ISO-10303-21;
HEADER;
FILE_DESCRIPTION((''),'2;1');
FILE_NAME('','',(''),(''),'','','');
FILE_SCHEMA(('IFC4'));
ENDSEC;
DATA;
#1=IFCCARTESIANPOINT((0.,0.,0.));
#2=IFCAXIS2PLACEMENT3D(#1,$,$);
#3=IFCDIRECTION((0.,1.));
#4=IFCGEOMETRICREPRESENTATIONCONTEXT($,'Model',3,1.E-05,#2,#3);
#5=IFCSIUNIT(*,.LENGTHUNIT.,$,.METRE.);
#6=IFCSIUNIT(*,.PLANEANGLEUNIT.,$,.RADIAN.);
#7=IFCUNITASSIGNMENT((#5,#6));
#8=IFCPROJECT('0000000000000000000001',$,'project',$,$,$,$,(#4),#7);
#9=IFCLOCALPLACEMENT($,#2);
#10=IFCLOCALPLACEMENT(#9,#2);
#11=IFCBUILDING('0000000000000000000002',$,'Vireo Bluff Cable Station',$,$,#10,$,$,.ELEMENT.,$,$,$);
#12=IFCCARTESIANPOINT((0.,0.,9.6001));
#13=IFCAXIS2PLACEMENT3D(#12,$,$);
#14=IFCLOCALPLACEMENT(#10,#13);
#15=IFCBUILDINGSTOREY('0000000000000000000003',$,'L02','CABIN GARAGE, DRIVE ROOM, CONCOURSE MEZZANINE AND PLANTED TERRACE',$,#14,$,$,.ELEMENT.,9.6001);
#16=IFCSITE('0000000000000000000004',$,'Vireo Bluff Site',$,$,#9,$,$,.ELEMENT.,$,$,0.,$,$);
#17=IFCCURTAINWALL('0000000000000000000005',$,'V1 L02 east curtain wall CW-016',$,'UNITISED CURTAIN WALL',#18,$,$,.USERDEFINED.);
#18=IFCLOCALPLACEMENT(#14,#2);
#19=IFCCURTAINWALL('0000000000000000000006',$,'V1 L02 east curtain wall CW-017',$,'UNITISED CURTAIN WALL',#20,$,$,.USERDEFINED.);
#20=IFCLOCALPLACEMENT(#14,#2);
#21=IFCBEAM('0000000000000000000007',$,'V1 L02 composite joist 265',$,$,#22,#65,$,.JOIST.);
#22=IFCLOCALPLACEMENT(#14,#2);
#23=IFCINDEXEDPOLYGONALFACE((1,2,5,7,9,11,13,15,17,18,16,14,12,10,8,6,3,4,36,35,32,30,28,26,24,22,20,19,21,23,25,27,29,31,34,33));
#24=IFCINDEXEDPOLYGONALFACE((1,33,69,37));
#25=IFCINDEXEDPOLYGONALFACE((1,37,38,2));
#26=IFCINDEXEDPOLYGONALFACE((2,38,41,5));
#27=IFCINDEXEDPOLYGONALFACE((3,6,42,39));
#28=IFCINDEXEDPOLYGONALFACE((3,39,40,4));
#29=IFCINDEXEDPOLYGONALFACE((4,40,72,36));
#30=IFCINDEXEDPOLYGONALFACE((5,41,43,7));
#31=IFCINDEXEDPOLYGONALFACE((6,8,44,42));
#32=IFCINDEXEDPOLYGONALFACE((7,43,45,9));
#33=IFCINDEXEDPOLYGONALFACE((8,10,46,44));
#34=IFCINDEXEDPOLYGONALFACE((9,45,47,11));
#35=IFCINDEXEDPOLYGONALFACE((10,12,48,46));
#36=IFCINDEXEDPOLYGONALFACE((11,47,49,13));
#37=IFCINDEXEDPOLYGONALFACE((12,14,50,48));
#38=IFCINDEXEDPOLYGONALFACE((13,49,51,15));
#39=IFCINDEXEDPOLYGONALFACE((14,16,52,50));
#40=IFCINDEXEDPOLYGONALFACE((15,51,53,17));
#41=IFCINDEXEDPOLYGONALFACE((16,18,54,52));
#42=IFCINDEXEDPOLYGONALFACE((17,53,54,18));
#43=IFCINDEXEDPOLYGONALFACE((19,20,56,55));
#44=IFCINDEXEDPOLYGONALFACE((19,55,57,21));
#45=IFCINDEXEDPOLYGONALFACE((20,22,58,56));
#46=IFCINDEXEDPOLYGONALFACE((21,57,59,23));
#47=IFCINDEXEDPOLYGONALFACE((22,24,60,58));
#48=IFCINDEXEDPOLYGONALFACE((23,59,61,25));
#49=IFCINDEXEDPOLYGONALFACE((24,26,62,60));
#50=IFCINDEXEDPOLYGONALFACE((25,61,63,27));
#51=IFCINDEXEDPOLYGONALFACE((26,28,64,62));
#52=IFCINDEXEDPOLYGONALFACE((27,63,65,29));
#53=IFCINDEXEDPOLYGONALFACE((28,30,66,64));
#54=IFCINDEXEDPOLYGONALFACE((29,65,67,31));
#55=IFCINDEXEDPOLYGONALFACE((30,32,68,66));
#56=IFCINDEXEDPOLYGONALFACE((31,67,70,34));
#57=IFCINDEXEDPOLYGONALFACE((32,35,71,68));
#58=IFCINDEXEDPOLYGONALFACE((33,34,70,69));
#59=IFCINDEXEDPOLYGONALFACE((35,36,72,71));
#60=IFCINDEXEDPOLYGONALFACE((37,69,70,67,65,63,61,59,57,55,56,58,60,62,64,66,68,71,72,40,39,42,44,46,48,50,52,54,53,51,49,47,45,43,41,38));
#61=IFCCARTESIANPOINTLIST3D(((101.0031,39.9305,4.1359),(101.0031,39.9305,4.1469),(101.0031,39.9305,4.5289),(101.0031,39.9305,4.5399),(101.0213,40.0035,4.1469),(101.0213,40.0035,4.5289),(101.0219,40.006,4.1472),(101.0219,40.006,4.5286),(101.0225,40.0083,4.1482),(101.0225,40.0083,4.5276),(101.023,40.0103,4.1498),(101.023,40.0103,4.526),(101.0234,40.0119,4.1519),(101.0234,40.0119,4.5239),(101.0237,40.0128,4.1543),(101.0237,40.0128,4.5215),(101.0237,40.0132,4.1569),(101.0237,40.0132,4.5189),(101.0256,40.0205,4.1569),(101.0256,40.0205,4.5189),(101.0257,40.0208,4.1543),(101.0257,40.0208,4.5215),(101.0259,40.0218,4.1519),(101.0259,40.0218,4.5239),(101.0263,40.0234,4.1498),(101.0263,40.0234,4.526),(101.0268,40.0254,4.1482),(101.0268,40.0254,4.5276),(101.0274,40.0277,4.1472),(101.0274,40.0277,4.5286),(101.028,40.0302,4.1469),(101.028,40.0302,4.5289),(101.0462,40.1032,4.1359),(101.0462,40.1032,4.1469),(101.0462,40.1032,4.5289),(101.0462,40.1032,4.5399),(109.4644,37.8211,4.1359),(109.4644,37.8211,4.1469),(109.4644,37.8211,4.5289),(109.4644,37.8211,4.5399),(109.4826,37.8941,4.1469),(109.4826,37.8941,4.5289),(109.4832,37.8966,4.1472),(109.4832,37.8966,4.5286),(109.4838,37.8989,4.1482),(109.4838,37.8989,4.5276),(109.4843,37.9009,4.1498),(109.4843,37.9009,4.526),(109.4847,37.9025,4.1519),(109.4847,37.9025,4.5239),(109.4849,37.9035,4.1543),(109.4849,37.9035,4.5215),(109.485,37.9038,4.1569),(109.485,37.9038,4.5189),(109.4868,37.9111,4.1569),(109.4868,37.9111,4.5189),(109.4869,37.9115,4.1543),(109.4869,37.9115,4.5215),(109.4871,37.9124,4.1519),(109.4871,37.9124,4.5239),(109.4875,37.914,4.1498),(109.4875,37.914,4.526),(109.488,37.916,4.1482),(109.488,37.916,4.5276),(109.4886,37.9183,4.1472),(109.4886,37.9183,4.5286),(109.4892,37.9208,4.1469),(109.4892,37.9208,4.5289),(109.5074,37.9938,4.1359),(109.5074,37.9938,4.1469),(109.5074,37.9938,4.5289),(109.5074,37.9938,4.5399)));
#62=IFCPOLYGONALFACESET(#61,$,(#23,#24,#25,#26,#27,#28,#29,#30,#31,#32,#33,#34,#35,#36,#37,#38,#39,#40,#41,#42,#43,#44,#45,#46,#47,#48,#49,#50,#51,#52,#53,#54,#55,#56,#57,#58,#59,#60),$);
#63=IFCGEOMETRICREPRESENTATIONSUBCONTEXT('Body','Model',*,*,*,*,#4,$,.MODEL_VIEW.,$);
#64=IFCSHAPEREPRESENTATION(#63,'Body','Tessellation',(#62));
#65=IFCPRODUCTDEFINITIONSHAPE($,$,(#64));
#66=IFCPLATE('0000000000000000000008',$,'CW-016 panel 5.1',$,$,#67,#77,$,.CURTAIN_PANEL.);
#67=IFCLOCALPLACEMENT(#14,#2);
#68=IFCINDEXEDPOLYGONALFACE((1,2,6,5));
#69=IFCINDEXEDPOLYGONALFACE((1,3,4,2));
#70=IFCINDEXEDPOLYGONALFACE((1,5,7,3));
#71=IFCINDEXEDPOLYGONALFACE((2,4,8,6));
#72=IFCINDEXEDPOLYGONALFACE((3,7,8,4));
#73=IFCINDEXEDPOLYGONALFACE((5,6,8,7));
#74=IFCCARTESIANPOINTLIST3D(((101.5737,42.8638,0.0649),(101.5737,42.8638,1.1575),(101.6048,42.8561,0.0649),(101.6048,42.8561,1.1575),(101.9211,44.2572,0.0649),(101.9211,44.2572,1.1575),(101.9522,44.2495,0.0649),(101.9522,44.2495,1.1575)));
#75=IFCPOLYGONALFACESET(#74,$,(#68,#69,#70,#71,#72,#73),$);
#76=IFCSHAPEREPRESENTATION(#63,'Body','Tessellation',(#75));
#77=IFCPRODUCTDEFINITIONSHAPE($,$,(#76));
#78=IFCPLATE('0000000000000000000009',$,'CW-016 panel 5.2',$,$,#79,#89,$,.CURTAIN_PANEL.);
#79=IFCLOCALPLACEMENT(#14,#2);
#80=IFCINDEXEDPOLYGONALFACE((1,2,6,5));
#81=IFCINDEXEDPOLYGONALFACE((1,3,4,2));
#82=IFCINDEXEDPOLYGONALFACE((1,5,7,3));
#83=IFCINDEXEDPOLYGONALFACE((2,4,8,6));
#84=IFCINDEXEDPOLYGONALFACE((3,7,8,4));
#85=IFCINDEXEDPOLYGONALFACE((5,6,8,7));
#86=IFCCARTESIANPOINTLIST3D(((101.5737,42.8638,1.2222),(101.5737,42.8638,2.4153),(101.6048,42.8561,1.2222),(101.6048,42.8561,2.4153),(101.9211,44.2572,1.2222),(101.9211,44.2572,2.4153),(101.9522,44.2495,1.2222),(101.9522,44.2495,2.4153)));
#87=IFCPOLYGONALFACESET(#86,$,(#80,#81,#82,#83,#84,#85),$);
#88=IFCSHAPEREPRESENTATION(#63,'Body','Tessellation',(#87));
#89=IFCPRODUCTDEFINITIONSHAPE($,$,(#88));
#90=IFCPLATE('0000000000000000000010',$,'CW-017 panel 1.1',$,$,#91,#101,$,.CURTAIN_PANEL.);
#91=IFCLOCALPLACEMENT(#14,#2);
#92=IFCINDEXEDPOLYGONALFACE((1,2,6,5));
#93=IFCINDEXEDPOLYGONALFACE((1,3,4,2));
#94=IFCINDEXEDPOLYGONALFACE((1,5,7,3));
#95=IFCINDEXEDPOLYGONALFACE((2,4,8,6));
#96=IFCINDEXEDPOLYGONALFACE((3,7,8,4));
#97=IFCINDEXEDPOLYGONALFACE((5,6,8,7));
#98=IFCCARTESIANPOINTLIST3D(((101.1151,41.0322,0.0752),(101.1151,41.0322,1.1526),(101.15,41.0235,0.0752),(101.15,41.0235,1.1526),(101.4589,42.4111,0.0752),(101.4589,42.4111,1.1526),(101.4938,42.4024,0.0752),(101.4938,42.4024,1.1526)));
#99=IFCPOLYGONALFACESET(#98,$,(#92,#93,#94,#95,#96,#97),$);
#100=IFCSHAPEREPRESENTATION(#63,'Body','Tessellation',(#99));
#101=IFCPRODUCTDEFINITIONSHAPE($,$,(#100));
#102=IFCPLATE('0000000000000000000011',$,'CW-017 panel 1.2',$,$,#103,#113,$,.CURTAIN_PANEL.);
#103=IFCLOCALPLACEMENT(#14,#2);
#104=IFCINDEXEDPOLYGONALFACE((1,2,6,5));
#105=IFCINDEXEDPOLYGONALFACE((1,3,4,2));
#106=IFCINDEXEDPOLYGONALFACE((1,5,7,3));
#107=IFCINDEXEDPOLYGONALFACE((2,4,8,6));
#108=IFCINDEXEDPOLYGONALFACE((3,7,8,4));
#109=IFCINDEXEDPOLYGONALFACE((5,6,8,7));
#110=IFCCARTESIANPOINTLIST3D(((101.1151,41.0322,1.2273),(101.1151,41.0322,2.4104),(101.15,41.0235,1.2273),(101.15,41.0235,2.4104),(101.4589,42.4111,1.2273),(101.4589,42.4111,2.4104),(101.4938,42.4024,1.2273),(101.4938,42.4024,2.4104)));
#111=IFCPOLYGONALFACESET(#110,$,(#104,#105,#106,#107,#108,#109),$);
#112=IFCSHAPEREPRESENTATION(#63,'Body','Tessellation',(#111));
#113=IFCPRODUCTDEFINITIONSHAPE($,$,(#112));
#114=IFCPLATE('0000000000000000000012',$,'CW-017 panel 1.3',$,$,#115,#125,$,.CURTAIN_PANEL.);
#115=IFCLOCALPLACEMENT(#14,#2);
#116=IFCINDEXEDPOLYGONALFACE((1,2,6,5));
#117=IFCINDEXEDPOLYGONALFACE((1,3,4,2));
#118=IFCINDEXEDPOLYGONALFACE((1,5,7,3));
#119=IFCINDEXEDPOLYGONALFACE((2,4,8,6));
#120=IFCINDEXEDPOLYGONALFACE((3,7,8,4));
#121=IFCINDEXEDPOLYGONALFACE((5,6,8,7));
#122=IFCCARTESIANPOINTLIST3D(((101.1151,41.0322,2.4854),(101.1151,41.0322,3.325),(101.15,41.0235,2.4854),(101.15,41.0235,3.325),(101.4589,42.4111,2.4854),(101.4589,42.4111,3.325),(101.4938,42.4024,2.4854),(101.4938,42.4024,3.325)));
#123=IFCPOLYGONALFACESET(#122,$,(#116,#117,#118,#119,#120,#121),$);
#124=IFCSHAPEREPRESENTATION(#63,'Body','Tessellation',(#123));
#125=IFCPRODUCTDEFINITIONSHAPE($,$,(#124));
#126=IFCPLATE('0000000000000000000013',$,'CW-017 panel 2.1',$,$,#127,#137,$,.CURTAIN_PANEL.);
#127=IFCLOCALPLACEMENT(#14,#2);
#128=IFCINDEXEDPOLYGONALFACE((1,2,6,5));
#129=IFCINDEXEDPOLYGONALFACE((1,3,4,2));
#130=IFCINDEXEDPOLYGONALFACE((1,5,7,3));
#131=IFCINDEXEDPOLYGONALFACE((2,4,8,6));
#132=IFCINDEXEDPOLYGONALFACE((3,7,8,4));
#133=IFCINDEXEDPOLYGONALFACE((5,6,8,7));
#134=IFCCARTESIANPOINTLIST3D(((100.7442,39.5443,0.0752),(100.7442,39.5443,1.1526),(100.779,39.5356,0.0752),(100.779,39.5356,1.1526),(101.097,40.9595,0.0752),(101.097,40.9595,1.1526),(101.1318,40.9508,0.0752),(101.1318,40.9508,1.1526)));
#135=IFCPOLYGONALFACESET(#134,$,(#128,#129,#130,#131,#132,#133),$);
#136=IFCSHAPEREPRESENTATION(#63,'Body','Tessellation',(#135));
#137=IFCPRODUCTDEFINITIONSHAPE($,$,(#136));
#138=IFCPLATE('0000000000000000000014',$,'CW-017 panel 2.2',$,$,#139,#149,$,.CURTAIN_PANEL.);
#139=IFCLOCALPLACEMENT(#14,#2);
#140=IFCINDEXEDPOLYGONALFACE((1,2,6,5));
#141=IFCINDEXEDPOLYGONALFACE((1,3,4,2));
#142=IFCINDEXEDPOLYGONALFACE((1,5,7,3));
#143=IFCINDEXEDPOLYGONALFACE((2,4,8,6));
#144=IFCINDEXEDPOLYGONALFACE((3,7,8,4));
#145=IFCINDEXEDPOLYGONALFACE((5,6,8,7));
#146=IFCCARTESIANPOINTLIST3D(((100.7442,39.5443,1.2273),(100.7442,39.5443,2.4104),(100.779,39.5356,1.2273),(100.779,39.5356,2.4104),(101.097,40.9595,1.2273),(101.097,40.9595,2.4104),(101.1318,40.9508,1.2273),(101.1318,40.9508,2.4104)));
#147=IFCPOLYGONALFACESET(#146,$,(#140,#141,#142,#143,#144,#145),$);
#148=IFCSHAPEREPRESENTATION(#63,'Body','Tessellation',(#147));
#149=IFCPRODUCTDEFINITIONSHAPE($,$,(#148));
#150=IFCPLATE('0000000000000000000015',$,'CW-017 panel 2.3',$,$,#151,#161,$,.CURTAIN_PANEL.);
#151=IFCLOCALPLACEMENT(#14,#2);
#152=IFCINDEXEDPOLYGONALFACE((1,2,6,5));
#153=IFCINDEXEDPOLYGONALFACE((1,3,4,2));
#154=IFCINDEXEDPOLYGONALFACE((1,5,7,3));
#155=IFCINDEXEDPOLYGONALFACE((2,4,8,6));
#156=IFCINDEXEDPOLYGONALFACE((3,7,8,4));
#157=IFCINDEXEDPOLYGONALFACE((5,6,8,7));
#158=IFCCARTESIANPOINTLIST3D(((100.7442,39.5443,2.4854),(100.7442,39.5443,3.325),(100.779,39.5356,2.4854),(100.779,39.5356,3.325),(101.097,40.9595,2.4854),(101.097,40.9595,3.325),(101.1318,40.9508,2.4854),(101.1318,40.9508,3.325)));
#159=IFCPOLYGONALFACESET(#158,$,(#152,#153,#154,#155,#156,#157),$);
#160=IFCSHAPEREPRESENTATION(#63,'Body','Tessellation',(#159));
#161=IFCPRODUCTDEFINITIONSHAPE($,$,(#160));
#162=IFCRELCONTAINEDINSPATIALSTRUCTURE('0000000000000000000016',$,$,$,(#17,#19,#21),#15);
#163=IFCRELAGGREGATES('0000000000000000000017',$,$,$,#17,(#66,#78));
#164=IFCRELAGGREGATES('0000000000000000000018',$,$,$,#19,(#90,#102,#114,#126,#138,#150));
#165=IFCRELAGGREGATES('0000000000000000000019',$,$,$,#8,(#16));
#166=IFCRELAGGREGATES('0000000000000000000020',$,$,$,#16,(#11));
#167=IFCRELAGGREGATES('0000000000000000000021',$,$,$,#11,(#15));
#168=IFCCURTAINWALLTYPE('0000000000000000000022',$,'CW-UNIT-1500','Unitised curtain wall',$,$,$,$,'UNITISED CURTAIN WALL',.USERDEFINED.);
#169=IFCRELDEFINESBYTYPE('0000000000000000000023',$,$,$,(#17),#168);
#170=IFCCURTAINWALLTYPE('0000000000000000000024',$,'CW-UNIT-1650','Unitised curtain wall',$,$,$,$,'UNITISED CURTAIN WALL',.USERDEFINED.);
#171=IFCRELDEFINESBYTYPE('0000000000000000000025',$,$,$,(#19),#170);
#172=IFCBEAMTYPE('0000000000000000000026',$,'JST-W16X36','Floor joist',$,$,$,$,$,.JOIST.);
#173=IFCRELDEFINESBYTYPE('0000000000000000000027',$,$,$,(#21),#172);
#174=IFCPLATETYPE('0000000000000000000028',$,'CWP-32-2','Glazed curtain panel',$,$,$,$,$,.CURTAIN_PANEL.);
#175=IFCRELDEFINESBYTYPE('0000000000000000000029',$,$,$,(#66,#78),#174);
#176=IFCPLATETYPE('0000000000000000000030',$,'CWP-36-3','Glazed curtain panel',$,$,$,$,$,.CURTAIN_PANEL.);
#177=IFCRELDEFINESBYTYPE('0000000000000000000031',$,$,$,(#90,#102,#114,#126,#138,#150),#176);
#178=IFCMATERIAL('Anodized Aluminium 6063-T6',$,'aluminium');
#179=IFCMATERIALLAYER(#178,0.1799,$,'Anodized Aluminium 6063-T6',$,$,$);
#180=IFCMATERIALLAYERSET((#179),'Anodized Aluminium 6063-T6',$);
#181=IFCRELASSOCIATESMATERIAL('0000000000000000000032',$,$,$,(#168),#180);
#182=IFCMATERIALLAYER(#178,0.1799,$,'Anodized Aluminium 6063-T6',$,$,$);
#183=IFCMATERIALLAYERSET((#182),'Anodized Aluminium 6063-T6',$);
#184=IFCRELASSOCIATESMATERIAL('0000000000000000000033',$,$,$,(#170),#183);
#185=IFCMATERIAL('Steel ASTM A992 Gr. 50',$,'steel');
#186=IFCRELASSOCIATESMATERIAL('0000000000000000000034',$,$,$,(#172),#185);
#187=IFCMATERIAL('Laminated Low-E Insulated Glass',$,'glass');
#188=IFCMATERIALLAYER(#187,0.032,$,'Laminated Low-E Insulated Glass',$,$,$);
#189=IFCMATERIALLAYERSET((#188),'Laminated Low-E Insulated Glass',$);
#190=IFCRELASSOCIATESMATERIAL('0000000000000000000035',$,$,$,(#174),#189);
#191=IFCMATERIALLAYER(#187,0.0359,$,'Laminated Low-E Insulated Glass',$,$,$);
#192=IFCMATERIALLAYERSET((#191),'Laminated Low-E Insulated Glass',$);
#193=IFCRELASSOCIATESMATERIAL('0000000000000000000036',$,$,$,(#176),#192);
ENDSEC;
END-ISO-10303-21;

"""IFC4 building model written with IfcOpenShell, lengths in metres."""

from ifc_helpers import new_model, si_unit, direction, frame, origin, origin_2d, place, context, subcontext, project, spatial, rectangle, i_section, extrude, material, layer, layer_set, material_profile, profile_set, type_object, element, aggregate, save


model = new_model("IFC4")

# Units and contexts
model_context = context("Model", 3, precision=1e-05, world=origin(), true_north=direction((0.0, 1.0)))
body_context = subcontext(model_context, "Body", "Model", "MODEL_VIEW")
ifc_project = project(units=[si_unit("LENGTHUNIT", "METRE"), si_unit("PLANEANGLEUNIT", "RADIAN")], contexts=[model_context])

# Site, building, storey
site_placement = place(None, origin())
site = spatial("IfcSite", under=ifc_project, at=site_placement, Name="Vireo Bluff Site", CompositionType="ELEMENT", RefElevation=0.0)
building_placement = place(site_placement, origin())
building = spatial("IfcBuilding", under=site, at=building_placement, Name="Vireo Bluff Cable Station", CompositionType="ELEMENT")
storey_placement = place(building_placement, frame((0.0, 0.0, 9.6001)))
storey = spatial("IfcBuildingStorey", under=building, at=storey_placement, Name="L02", Description="CABIN GARAGE, DRIVE ROOM, CONCOURSE MEZZANINE AND PLANTED TERRACE", CompositionType="ELEMENT", Elevation=9.6001)

# Shared definitions
ifc_material_1 = material(Name="Steel ASTM A992 Gr. 50", Category="steel")

# Curtain wall
ifc_material_2 = material(Name="Anodized Aluminium 6063-T6", Category="aluminium")
ifc_layer_1 = layer(ifc_material_2, 0.1799, Name="Anodized Aluminium 6063-T6")
ifc_layer_set_1 = layer_set([ifc_layer_1], Name="Anodized Aluminium 6063-T6")
curtain_wall_type_1 = type_object("IfcCurtainWallType", Name="CW-UNIT-1500", Description="Unitised curtain wall", ElementType="UNITISED CURTAIN WALL", PredefinedType="USERDEFINED", material=ifc_layer_set_1)
curtain_wall_1_placement = place(storey_placement, origin())
curtain_wall_1 = element("IfcCurtainWall", 1, at=curtain_wall_1_placement, inside=storey, type_object=curtain_wall_type_1, Name="V1 L02 east curtain wall CW-016", ObjectType="UNITISED CURTAIN WALL", PredefinedType="USERDEFINED")

# Curtain wall
ifc_layer_2 = layer(ifc_material_2, 0.1799, Name="Anodized Aluminium 6063-T6")
ifc_layer_set_2 = layer_set([ifc_layer_2], Name="Anodized Aluminium 6063-T6")
curtain_wall_type_2 = type_object("IfcCurtainWallType", Name="CW-UNIT-1650", Description="Unitised curtain wall", ElementType="UNITISED CURTAIN WALL", PredefinedType="USERDEFINED", material=ifc_layer_set_2)
curtain_wall_2_placement = place(storey_placement, origin())
curtain_wall_2 = element("IfcCurtainWall", 2, at=curtain_wall_2_placement, inside=storey, type_object=curtain_wall_type_2, Name="V1 L02 east curtain wall CW-017", ObjectType="UNITISED CURTAIN WALL", PredefinedType="USERDEFINED")

# Beam
ifc_material_profile_1 = material_profile(ifc_material_1, i_section(OverallWidth=0.178, OverallDepth=0.4041, WebThickness=0.0076, FlangeThickness=0.011, FilletRadius=0.01, at=origin_2d()), Name="W16X36")
ifc_profile_set_1 = profile_set([ifc_material_profile_1], Name="Steel ASTM A992 Gr. 50")
beam_type_1 = type_object("IfcBeamType", Name="JST-W16X36", Description="Floor joist", PredefinedType="JOIST", material=ifc_profile_set_1)
beam_1_placement = place(storey_placement, frame((101.0247, 40.0168, 4.3379), z_axis=(0.970302, -0.241897, 0.0), x_axis=(0.241897, 0.970302, 0.0)))
element("IfcBeam", 3, at=beam_1_placement, inside=storey, type_object=beam_type_1, Name="V1 L02 composite joist 265", PredefinedType="JOIST", context=body_context, shape_type="SweptSolid", body=[
    extrude(i_section(OverallWidth=0.178, OverallDepth=0.4041, WebThickness=0.0076, FlangeThickness=0.011, FilletRadius=0.01, at=origin_2d()), origin(), (0.0, 0.0, 1.0), 8.7202),
])

# Plates
ifc_material_3 = material(Name="Laminated Low-E Insulated Glass", Category="glass")
ifc_layer_3 = layer(ifc_material_3, 0.032, Name="Laminated Low-E Insulated Glass")
ifc_layer_set_3 = layer_set([ifc_layer_3], Name="Laminated Low-E Insulated Glass")
plate_type_1 = type_object("IfcPlateType", Name="CWP-32-2", Description="Glazed curtain panel", PredefinedType="CURTAIN_PANEL", material=ifc_layer_set_3)
plate_1_placement = place(storey_placement, frame((101.7629, 43.5566, 0.0649), z_axis=(0.0, 0.0, 1.0), x_axis=(-0.241922, -0.970296, 0.0)))
plate_1 = element("IfcPlate", 4, at=plate_1_placement, type_object=plate_type_1, Name="CW-016 panel 5.1", PredefinedType="CURTAIN_PANEL", context=body_context, shape_type="SweptSolid", body=[
    extrude(rectangle(XDim=1.436, YDim=0.032, at=origin_2d()), origin(), (0.0, 0.0, 1.0), 1.0925),
])
plate_2_placement = place(storey_placement, frame((101.7629, 43.5566, 1.2222), z_axis=(0.0, 0.0, 1.0), x_axis=(-0.241922, -0.970296, 0.0)))
plate_2 = element("IfcPlate", 5, at=plate_2_placement, type_object=plate_type_1, Name="CW-016 panel 5.2", PredefinedType="CURTAIN_PANEL", context=body_context, shape_type="SweptSolid", body=[
    extrude(rectangle(XDim=1.436, YDim=0.032, at=origin_2d()), origin(), (0.0, 0.0, 1.0), 1.1931),
])
aggregate(curtain_wall_1, [plate_1, plate_2])
ifc_layer_4 = layer(ifc_material_3, 0.0359, Name="Laminated Low-E Insulated Glass")
ifc_layer_set_4 = layer_set([ifc_layer_4], Name="Laminated Low-E Insulated Glass")
plate_type_2 = type_object("IfcPlateType", Name="CWP-36-3", Description="Glazed curtain panel", PredefinedType="CURTAIN_PANEL", material=ifc_layer_set_4)
plate_3_placement = place(storey_placement, frame((101.3044, 41.7173, 0.0752), z_axis=(0.0, 0.0, 1.0), x_axis=(-0.241922, -0.970296, 0.0)))
plate_3 = element("IfcPlate", 6, at=plate_3_placement, type_object=plate_type_2, Name="CW-017 panel 1.1", PredefinedType="CURTAIN_PANEL", context=body_context, shape_type="SweptSolid", body=[
    extrude(rectangle(XDim=1.4211, YDim=0.0359, at=origin_2d()), origin(), (0.0, 0.0, 1.0), 1.0774),
])
plate_4_placement = place(storey_placement, frame((101.3044, 41.7173, 1.2273), z_axis=(0.0, 0.0, 1.0), x_axis=(-0.241922, -0.970296, 0.0)))
plate_4 = element("IfcPlate", 7, at=plate_4_placement, type_object=plate_type_2, Name="CW-017 panel 1.2", PredefinedType="CURTAIN_PANEL", context=body_context, shape_type="SweptSolid", body=[
    extrude(rectangle(XDim=1.4211, YDim=0.0359, at=origin_2d()), origin(), (0.0, 0.0, 1.0), 1.1831),
])
plate_5_placement = place(storey_placement, frame((101.3044, 41.7173, 2.4854), z_axis=(0.0, 0.0, 1.0), x_axis=(-0.241922, -0.970296, 0.0)))
plate_5 = element("IfcPlate", 8, at=plate_5_placement, type_object=plate_type_2, Name="CW-017 panel 1.3", PredefinedType="CURTAIN_PANEL", context=body_context, shape_type="SweptSolid", body=[
    extrude(rectangle(XDim=1.4211, YDim=0.0359, at=origin_2d()), origin(), (0.0, 0.0, 1.0), 0.8396),
])
plate_6_placement = place(storey_placement, frame((100.938, 40.2476, 0.0752), z_axis=(0.0, 0.0, 1.0), x_axis=(-0.241922, -0.970296, 0.0)))
plate_6 = element("IfcPlate", 9, at=plate_6_placement, type_object=plate_type_2, Name="CW-017 panel 2.1", PredefinedType="CURTAIN_PANEL", context=body_context, shape_type="SweptSolid", body=[
    extrude(rectangle(XDim=1.4585, YDim=0.0359, at=origin_2d()), origin(), (0.0, 0.0, 1.0), 1.0774),
])
plate_7_placement = place(storey_placement, frame((100.938, 40.2476, 1.2273), z_axis=(0.0, 0.0, 1.0), x_axis=(-0.241922, -0.970296, 0.0)))
plate_7 = element("IfcPlate", 10, at=plate_7_placement, type_object=plate_type_2, Name="CW-017 panel 2.2", PredefinedType="CURTAIN_PANEL", context=body_context, shape_type="SweptSolid", body=[
    extrude(rectangle(XDim=1.4585, YDim=0.0359, at=origin_2d()), origin(), (0.0, 0.0, 1.0), 1.1831),
])
plate_8_placement = place(storey_placement, frame((100.938, 40.2476, 2.4854), z_axis=(0.0, 0.0, 1.0), x_axis=(-0.241922, -0.970296, 0.0)))
plate_8 = element("IfcPlate", 11, at=plate_8_placement, type_object=plate_type_2, Name="CW-017 panel 2.3", PredefinedType="CURTAIN_PANEL", context=body_context, shape_type="SweptSolid", body=[
    extrude(rectangle(XDim=1.4585, YDim=0.0359, at=origin_2d()), origin(), (0.0, 0.0, 1.0), 0.8396),
])
aggregate(curtain_wall_2, [plate_3, plate_4, plate_5, plate_6, plate_7, plate_8])

save(model, "model.ifc")
